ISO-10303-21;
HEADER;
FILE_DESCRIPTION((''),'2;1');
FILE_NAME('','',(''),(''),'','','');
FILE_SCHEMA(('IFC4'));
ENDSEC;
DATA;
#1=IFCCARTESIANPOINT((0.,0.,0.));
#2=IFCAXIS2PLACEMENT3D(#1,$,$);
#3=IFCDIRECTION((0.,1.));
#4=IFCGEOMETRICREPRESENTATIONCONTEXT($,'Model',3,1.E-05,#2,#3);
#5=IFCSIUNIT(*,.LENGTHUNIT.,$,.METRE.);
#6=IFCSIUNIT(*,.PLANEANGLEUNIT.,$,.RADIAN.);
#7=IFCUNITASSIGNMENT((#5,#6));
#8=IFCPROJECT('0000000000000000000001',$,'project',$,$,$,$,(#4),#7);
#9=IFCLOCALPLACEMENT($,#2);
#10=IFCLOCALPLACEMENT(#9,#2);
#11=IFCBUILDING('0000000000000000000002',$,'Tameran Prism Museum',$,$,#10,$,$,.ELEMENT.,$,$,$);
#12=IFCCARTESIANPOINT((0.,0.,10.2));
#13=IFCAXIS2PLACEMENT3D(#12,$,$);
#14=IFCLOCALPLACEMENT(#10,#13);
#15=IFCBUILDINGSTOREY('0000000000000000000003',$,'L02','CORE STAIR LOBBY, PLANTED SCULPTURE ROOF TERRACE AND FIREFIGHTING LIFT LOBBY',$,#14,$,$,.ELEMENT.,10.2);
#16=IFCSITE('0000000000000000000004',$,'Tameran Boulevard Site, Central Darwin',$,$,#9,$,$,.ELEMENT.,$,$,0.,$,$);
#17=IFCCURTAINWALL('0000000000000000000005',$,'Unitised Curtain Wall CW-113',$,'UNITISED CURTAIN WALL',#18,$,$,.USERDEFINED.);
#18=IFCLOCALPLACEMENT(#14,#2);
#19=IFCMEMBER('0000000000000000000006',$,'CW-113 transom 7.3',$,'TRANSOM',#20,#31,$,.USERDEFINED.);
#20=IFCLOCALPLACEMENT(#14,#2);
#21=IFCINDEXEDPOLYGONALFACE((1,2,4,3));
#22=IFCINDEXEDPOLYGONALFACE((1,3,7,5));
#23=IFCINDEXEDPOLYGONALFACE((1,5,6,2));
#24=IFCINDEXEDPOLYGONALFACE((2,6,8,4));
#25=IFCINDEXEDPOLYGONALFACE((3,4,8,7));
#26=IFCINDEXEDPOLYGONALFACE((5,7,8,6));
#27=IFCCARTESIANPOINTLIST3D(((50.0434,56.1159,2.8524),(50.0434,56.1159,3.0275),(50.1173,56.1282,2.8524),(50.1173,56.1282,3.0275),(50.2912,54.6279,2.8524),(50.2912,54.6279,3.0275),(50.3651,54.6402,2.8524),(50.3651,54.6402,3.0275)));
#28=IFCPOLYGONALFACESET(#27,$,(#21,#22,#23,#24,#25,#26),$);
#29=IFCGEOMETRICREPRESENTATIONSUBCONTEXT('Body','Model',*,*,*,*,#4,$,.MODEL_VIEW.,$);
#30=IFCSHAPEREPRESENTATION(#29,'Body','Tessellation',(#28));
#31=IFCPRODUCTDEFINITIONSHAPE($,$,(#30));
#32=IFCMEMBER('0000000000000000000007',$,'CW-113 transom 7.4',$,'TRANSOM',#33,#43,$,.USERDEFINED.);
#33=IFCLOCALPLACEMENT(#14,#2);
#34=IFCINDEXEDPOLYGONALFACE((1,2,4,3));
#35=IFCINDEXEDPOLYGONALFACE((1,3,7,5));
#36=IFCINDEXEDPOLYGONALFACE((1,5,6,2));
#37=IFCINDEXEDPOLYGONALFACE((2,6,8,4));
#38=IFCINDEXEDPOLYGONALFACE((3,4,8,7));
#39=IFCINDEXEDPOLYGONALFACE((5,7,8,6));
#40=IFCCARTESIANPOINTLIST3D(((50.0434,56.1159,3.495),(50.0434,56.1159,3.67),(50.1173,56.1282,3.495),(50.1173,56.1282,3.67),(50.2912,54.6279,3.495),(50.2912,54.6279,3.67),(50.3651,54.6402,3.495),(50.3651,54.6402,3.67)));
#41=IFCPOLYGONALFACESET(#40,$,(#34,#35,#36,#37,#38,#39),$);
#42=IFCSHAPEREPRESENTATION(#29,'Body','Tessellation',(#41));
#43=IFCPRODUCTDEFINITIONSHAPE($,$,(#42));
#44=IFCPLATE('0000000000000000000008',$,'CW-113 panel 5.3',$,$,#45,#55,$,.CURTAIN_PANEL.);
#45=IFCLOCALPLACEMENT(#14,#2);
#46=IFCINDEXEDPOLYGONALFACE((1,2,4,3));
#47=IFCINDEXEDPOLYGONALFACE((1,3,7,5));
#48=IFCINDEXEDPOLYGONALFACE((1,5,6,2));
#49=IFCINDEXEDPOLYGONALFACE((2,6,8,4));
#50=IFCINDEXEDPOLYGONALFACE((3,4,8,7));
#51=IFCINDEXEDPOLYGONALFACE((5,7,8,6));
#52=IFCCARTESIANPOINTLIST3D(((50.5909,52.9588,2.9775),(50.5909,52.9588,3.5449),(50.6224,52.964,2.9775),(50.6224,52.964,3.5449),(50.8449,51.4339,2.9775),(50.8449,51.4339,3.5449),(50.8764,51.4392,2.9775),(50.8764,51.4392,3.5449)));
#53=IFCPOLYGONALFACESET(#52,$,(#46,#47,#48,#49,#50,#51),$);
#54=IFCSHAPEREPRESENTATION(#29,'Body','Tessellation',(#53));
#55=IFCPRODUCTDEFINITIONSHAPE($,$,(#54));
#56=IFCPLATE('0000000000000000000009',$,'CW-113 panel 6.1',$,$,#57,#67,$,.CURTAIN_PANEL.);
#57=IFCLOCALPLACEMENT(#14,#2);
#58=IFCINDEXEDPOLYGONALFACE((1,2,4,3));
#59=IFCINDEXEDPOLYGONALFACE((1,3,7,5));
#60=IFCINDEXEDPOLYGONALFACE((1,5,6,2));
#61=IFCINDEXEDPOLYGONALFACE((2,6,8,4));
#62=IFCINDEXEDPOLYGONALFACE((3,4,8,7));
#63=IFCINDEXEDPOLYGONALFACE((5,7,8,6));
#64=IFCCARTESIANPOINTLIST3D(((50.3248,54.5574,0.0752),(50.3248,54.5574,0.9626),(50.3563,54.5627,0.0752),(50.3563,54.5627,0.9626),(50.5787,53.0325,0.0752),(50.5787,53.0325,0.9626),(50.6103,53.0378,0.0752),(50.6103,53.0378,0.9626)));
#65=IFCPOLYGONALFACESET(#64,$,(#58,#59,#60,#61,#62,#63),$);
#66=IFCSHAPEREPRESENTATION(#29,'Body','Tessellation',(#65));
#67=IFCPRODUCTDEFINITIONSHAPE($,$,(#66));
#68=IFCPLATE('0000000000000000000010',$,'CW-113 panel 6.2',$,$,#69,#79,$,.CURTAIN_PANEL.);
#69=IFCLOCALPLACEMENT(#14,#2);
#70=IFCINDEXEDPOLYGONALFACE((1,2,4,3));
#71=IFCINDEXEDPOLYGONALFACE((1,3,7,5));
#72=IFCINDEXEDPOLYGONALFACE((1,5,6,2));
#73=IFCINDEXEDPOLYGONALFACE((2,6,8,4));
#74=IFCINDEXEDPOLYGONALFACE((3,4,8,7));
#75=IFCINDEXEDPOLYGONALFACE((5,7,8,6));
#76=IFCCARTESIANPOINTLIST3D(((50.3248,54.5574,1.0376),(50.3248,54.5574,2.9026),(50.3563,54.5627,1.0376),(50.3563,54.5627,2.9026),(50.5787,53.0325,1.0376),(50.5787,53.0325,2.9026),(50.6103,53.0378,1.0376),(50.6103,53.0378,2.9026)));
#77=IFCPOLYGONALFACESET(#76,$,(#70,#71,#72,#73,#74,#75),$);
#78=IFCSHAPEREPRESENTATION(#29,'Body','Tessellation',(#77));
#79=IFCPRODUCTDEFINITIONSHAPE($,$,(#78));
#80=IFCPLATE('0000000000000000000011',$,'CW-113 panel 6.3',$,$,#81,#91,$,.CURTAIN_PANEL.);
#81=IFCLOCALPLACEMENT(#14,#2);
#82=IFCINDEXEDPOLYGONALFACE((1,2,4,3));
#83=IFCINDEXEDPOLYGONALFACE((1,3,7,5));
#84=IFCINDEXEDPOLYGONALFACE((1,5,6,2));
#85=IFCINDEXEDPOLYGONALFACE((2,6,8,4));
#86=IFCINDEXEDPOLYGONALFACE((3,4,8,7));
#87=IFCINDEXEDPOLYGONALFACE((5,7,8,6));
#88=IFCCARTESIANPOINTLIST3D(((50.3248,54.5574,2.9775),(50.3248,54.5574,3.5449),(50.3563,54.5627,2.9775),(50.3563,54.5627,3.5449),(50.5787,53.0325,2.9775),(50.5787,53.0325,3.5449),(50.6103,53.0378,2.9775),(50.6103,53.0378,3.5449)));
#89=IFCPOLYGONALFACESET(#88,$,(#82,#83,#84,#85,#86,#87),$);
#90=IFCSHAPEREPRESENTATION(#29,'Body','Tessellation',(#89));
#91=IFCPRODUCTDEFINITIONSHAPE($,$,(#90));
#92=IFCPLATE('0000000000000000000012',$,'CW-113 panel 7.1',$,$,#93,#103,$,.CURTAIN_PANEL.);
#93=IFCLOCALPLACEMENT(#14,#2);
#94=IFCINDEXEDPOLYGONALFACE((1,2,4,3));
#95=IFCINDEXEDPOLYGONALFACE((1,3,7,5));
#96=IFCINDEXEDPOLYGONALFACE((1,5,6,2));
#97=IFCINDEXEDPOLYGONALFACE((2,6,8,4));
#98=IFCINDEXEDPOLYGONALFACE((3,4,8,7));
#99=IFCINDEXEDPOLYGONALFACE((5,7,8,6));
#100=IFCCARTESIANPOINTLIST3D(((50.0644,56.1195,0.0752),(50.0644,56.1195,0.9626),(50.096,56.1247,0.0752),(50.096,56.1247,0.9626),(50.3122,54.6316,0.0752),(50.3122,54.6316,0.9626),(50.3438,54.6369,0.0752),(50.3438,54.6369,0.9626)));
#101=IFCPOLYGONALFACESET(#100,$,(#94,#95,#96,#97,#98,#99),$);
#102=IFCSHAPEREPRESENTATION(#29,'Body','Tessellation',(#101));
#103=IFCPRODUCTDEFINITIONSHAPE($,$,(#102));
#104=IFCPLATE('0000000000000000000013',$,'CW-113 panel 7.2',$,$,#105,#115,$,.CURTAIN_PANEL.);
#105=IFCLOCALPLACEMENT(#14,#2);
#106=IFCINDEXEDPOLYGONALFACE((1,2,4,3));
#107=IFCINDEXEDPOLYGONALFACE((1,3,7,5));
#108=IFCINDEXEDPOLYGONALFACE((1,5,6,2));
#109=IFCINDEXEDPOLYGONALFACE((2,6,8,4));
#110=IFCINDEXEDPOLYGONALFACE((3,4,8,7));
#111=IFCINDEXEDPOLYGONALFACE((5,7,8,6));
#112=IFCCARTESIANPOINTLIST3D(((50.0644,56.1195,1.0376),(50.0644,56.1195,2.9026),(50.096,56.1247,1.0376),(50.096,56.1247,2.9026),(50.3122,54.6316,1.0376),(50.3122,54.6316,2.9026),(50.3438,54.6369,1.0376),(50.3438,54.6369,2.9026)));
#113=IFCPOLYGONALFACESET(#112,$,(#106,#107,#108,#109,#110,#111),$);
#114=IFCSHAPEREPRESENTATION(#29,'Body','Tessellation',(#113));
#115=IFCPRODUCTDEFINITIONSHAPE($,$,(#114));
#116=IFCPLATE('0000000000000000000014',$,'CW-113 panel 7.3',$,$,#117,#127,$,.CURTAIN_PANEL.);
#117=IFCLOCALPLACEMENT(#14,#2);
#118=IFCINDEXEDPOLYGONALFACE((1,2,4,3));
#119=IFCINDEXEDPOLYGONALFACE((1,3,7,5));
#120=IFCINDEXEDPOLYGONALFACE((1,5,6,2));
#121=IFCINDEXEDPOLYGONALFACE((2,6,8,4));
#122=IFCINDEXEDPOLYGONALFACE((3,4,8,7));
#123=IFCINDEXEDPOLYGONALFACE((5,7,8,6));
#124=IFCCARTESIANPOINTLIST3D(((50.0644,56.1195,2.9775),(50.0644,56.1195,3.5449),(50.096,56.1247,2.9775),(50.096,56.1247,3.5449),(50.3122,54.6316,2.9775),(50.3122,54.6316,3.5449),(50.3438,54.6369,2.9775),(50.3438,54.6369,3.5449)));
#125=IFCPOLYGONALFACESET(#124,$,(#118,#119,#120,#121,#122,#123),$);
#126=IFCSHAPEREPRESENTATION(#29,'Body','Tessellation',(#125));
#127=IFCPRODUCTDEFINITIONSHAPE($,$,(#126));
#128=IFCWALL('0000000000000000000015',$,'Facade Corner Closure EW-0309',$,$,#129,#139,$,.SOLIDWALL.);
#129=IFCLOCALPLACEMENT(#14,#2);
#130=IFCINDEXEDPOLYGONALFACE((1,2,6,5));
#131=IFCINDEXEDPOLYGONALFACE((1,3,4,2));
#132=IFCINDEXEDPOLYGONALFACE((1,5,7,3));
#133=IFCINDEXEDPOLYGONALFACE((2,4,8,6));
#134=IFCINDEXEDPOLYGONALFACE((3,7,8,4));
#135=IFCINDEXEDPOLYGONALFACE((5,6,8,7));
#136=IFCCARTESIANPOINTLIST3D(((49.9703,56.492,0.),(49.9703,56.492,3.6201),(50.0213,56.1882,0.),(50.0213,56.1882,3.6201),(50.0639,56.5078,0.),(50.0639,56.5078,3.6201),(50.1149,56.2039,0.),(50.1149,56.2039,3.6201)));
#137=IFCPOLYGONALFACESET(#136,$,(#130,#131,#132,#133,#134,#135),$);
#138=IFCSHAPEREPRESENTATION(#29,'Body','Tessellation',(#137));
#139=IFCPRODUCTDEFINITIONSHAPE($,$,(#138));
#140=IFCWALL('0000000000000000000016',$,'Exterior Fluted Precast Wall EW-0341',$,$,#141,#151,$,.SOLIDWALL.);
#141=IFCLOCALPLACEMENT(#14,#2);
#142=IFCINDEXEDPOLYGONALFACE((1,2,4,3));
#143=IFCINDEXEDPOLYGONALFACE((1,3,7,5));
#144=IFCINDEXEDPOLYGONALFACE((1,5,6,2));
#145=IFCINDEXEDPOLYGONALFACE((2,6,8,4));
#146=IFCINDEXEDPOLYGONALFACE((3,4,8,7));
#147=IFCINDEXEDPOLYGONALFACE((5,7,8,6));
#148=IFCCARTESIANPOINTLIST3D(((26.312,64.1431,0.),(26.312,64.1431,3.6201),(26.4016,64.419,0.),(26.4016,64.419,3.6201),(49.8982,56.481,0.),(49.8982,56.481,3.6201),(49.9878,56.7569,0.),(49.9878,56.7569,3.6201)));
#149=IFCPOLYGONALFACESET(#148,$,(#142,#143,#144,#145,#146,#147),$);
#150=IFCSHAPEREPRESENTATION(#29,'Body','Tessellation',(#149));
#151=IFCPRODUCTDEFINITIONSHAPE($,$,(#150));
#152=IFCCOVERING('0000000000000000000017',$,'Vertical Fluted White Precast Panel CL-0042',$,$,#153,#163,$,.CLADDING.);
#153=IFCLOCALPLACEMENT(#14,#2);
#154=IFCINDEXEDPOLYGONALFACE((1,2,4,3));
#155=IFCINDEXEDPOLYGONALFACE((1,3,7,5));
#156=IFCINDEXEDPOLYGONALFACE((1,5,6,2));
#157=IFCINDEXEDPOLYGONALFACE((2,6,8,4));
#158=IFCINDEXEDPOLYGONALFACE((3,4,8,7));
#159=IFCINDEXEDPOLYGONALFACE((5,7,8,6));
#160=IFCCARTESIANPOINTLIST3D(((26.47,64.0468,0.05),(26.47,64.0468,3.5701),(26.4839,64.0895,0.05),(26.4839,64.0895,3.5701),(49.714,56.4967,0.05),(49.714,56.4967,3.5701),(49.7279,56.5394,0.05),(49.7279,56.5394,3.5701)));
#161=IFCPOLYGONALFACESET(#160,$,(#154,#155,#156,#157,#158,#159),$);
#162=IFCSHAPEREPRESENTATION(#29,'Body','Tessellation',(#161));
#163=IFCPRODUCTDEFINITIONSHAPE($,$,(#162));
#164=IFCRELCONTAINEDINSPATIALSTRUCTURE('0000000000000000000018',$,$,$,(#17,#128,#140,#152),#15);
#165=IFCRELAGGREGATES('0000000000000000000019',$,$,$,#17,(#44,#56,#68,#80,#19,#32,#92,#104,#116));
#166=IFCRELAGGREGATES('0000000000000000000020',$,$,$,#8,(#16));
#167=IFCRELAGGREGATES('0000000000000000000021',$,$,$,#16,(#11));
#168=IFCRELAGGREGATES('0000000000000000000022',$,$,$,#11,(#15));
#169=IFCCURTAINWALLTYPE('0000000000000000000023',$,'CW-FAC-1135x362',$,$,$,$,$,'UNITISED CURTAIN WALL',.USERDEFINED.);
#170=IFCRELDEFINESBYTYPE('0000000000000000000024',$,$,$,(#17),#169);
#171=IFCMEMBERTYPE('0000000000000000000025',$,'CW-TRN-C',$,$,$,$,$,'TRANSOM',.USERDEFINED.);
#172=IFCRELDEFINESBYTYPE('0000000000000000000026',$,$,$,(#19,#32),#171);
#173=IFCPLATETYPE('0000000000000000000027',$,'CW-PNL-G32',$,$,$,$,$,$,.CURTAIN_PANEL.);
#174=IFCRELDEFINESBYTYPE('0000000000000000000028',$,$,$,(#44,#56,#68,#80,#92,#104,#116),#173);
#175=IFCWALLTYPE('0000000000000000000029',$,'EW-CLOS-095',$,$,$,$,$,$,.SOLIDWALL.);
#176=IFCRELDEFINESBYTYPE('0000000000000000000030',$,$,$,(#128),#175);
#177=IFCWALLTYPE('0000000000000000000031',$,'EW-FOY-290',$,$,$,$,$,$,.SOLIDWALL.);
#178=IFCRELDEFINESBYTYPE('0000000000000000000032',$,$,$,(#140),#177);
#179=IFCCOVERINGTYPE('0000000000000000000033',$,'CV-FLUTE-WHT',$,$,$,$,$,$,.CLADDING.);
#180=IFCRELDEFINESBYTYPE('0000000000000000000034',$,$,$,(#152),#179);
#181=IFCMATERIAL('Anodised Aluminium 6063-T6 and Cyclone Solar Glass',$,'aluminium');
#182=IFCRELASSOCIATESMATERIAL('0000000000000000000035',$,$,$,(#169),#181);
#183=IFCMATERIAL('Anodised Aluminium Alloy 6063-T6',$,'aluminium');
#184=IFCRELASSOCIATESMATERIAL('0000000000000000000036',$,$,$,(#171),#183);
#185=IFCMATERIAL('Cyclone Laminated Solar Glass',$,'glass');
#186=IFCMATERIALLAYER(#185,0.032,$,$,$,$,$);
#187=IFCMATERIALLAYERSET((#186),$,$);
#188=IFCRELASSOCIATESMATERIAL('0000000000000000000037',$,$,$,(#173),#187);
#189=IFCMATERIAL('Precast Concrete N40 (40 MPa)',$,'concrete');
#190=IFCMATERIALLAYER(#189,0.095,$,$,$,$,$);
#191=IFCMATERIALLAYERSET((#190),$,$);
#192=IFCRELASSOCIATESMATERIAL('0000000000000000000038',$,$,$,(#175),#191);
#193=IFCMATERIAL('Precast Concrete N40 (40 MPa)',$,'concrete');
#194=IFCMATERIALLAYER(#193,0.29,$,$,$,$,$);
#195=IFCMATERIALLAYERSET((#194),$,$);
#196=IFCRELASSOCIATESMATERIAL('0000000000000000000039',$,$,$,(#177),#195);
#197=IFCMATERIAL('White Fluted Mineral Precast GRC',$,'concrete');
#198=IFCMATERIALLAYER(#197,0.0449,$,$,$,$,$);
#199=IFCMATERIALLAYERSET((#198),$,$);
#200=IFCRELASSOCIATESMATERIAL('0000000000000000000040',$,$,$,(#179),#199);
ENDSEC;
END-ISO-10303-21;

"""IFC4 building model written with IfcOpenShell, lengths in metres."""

from ifc_helpers import new_model, si_unit, direction, frame, frame_2d, origin, origin_2d, place, context, subcontext, project, spatial, rectangle, extrude, material, layer, layer_set, material_profile, profile_set, type_object, element, aggregate, save


model = new_model("IFC4")

# Units and contexts
model_context = context("Model", 3, precision=1e-05, world=origin(), true_north=direction((0.0, 1.0)))
body_context = subcontext(model_context, "Body", "Model", "MODEL_VIEW")
ifc_project = project(units=[si_unit("LENGTHUNIT", "METRE"), si_unit("PLANEANGLEUNIT", "RADIAN")], contexts=[model_context])

# Site, building, storey
site_placement = place(None, origin())
site = spatial("IfcSite", under=ifc_project, at=site_placement, Name="Tameran Boulevard Site, Central Darwin", CompositionType="ELEMENT", RefElevation=0.0)
building_placement = place(site_placement, origin())
building = spatial("IfcBuilding", under=site, at=building_placement, Name="Tameran Prism Museum", CompositionType="ELEMENT")
storey_placement = place(building_placement, frame((0.0, 0.0, 10.2)))
storey = spatial("IfcBuildingStorey", under=building, at=storey_placement, Name="L02", Description="CORE STAIR LOBBY, PLANTED SCULPTURE ROOF TERRACE AND FIREFIGHTING LIFT LOBBY", CompositionType="ELEMENT", Elevation=10.2)

# Curtain wall, members, plates
ifc_material_1 = material(Name="Anodised Aluminium 6063-T6 and Cyclone Solar Glass", Category="aluminium")
curtain_wall_type = type_object("IfcCurtainWallType", Name="CW-FAC-1135x362", ElementType="UNITISED CURTAIN WALL", PredefinedType="USERDEFINED", material=ifc_material_1)
curtain_wall_placement = place(storey_placement, origin())
curtain_wall = element("IfcCurtainWall", 1, at=curtain_wall_placement, inside=storey, type_object=curtain_wall_type, Name="Unitised Curtain Wall CW-113", ObjectType="UNITISED CURTAIN WALL", PredefinedType="USERDEFINED")
ifc_material_2 = material(Name="Anodised Aluminium Alloy 6063-T6", Category="aluminium")
ifc_material_profile_1 = material_profile(ifc_material_2, rectangle(XDim=0.075, YDim=0.175, at=origin_2d()))
ifc_profile_set_1 = profile_set([ifc_material_profile_1])
member_type_1 = type_object("IfcMemberType", Name="CW-TRN-C", ElementType="TRANSOM", PredefinedType="USERDEFINED", material=ifc_profile_set_1)
member_1_placement = place(storey_placement, frame((50.3281, 54.634, 2.9399), z_axis=(-0.164268, 0.986416, 0.0), x_axis=(-0.986416, -0.164268, 0.0)))
member_1 = element("IfcMember", 2, at=member_1_placement, type_object=member_type_1, Name="CW-113 transom 7.3", ObjectType="TRANSOM", PredefinedType="USERDEFINED", context=body_context, shape_type="SweptSolid", body=[
    extrude(rectangle(XDim=0.075, YDim=0.175, at=origin_2d()), origin(), (0.0, 0.0, 1.0), 1.5085),
])
member_2_placement = place(storey_placement, frame((50.3281, 54.634, 3.5825), z_axis=(-0.164268, 0.986416, 0.0), x_axis=(-0.986416, -0.164268, 0.0)))
member_2 = element("IfcMember", 3, at=member_2_placement, type_object=member_type_1, Name="CW-113 transom 7.4", ObjectType="TRANSOM", PredefinedType="USERDEFINED", context=body_context, shape_type="SweptSolid", body=[
    extrude(rectangle(XDim=0.075, YDim=0.175, at=origin_2d()), origin(), (0.0, 0.0, 1.0), 1.5085),
])
ifc_material_3 = material(Name="Cyclone Laminated Solar Glass", Category="glass")
ifc_layer_1 = layer(ifc_material_3, 0.032)
ifc_layer_set_1 = layer_set([ifc_layer_1])
plate_type = type_object("IfcPlateType", Name="CW-PNL-G32", PredefinedType="CURTAIN_PANEL", material=ifc_layer_set_1)
plate_1_placement = place(storey_placement, frame((50.7336, 52.199, 2.9775), z_axis=(0.0, 0.0, 1.0), x_axis=(-0.164285, 0.986413, 0.0)))
plate_1 = element("IfcPlate", 4, at=plate_1_placement, type_object=plate_type, Name="CW-113 panel 5.3", PredefinedType="CURTAIN_PANEL", context=body_context, shape_type="SweptSolid", body=[
    extrude(rectangle(XDim=1.5459, YDim=0.032, at=origin_2d()), origin(), (0.0, 0.0, 1.0), 0.5674),
])
plate_2_placement = place(storey_placement, frame((50.4675, 53.7976, 0.0752), z_axis=(0.0, 0.0, 1.0), x_axis=(-0.164285, 0.986413, 0.0)))
plate_2 = element("IfcPlate", 5, at=plate_2_placement, type_object=plate_type, Name="CW-113 panel 6.1", PredefinedType="CURTAIN_PANEL", context=body_context, shape_type="SweptSolid", body=[
    extrude(rectangle(XDim=1.5459, YDim=0.032, at=origin_2d()), origin(), (0.0, 0.0, 1.0), 0.8875),
])
plate_3_placement = place(storey_placement, frame((50.4675, 53.7976, 1.0376), z_axis=(0.0, 0.0, 1.0), x_axis=(-0.164285, 0.986413, 0.0)))
plate_3 = element("IfcPlate", 6, at=plate_3_placement, type_object=plate_type, Name="CW-113 panel 6.2", PredefinedType="CURTAIN_PANEL", context=body_context, shape_type="SweptSolid", body=[
    extrude(rectangle(XDim=1.5459, YDim=0.032, at=origin_2d()), origin(), (0.0, 0.0, 1.0), 1.865),
])
plate_4_placement = place(storey_placement, frame((50.4675, 53.7976, 2.9775), z_axis=(0.0, 0.0, 1.0), x_axis=(-0.164285, 0.986413, 0.0)))
plate_4 = element("IfcPlate", 7, at=plate_4_placement, type_object=plate_type, Name="CW-113 panel 6.3", PredefinedType="CURTAIN_PANEL", context=body_context, shape_type="SweptSolid", body=[
    extrude(rectangle(XDim=1.5459, YDim=0.032, at=origin_2d()), origin(), (0.0, 0.0, 1.0), 0.5674),
])
plate_5_placement = place(storey_placement, frame((50.2041, 55.3782, 0.0752), z_axis=(0.0, 0.0, 1.0), x_axis=(-0.164285, 0.986413, 0.0)))
plate_5 = element("IfcPlate", 8, at=plate_5_placement, type_object=plate_type, Name="CW-113 panel 7.1", PredefinedType="CURTAIN_PANEL", context=body_context, shape_type="SweptSolid", body=[
    extrude(rectangle(XDim=1.5083, YDim=0.032, at=origin_2d()), origin(), (0.0, 0.0, 1.0), 0.8875),
])
plate_6_placement = place(storey_placement, frame((50.2041, 55.3782, 1.0376), z_axis=(0.0, 0.0, 1.0), x_axis=(-0.164285, 0.986413, 0.0)))
plate_6 = element("IfcPlate", 9, at=plate_6_placement, type_object=plate_type, Name="CW-113 panel 7.2", PredefinedType="CURTAIN_PANEL", context=body_context, shape_type="SweptSolid", body=[
    extrude(rectangle(XDim=1.5083, YDim=0.032, at=origin_2d()), origin(), (0.0, 0.0, 1.0), 1.865),
])
plate_7_placement = place(storey_placement, frame((50.2041, 55.3782, 2.9775), z_axis=(0.0, 0.0, 1.0), x_axis=(-0.164285, 0.986413, 0.0)))
plate_7 = element("IfcPlate", 10, at=plate_7_placement, type_object=plate_type, Name="CW-113 panel 7.3", PredefinedType="CURTAIN_PANEL", context=body_context, shape_type="SweptSolid", body=[
    extrude(rectangle(XDim=1.5083, YDim=0.032, at=origin_2d()), origin(), (0.0, 0.0, 1.0), 0.5674),
])
aggregate(curtain_wall, [plate_1, plate_2, plate_3, plate_4, member_1, member_2, plate_5, plate_6, plate_7])

# Walls
ifc_material_4 = material(Name="Precast Concrete N40 (40 MPa)", Category="concrete")
ifc_layer_2 = layer(ifc_material_4, 0.095)
ifc_layer_set_2 = layer_set([ifc_layer_2])
wall_type_1 = type_object("IfcWallType", Name="EW-CLOS-095", PredefinedType="SOLIDWALL", material=ifc_layer_set_2)
wall_1_placement = place(storey_placement, frame((50.0681, 56.196, 0.0), z_axis=(0.0, 0.0, 1.0), x_axis=(-0.165555, 0.986201, 0.0)))
element("IfcWall", 11, at=wall_1_placement, inside=storey, type_object=wall_type_1, Name="Facade Corner Closure EW-0309", PredefinedType="SOLIDWALL", context=body_context, shape_type="SweptSolid", body=[
    extrude(rectangle(XDim=0.3081, YDim=0.095, at=frame_2d((0.1541, 0.0))), origin(), (0.0, 0.0, 1.0), 3.6201),
])
ifc_material_5 = material(Name="Precast Concrete N40 (40 MPa)", Category="concrete")
ifc_layer_3 = layer(ifc_material_5, 0.29)
ifc_layer_set_3 = layer_set([ifc_layer_3])
wall_type_2 = type_object("IfcWallType", Name="EW-FOY-290", PredefinedType="SOLIDWALL", material=ifc_layer_set_3)
wall_2_placement = place(storey_placement, frame((49.9431, 56.6189, 0.0), z_axis=(0.0, 0.0, 1.0), x_axis=(-0.951074, 0.308962, 0.0)))
element("IfcWall", 12, at=wall_2_placement, inside=storey, type_object=wall_type_2, Name="Exterior Fluted Precast Wall EW-0341", PredefinedType="SOLIDWALL", context=body_context, shape_type="SweptSolid", body=[
    extrude(rectangle(XDim=24.7996, YDim=0.29, at=frame_2d((12.3999, 0.0))), origin(), (0.0, 0.0, 1.0), 3.6201),
])

# Covering
ifc_material_6 = material(Name="White Fluted Mineral Precast GRC", Category="concrete")
ifc_layer_4 = layer(ifc_material_6, 0.0449)
ifc_layer_set_4 = layer_set([ifc_layer_4])
covering_type = type_object("IfcCoveringType", Name="CV-FLUTE-WHT", PredefinedType="CLADDING", material=ifc_layer_set_4)
covering_placement = place(storey_placement, frame((49.7209, 56.5181, 0.05), z_axis=(0.0, 0.0, 1.0), x_axis=(-0.951085, 0.30893, 0.0)))
element("IfcCovering", 13, at=covering_placement, inside=storey, type_object=covering_type, Name="Vertical Fluted White Precast Panel CL-0042", PredefinedType="CLADDING", context=body_context, shape_type="SweptSolid", body=[
    extrude(rectangle(XDim=24.4395, YDim=0.0449, at=frame_2d((12.2197, 0.0))), origin(), (0.0, 0.0, 1.0), 3.52),
])

save(model, "model.ifc")
